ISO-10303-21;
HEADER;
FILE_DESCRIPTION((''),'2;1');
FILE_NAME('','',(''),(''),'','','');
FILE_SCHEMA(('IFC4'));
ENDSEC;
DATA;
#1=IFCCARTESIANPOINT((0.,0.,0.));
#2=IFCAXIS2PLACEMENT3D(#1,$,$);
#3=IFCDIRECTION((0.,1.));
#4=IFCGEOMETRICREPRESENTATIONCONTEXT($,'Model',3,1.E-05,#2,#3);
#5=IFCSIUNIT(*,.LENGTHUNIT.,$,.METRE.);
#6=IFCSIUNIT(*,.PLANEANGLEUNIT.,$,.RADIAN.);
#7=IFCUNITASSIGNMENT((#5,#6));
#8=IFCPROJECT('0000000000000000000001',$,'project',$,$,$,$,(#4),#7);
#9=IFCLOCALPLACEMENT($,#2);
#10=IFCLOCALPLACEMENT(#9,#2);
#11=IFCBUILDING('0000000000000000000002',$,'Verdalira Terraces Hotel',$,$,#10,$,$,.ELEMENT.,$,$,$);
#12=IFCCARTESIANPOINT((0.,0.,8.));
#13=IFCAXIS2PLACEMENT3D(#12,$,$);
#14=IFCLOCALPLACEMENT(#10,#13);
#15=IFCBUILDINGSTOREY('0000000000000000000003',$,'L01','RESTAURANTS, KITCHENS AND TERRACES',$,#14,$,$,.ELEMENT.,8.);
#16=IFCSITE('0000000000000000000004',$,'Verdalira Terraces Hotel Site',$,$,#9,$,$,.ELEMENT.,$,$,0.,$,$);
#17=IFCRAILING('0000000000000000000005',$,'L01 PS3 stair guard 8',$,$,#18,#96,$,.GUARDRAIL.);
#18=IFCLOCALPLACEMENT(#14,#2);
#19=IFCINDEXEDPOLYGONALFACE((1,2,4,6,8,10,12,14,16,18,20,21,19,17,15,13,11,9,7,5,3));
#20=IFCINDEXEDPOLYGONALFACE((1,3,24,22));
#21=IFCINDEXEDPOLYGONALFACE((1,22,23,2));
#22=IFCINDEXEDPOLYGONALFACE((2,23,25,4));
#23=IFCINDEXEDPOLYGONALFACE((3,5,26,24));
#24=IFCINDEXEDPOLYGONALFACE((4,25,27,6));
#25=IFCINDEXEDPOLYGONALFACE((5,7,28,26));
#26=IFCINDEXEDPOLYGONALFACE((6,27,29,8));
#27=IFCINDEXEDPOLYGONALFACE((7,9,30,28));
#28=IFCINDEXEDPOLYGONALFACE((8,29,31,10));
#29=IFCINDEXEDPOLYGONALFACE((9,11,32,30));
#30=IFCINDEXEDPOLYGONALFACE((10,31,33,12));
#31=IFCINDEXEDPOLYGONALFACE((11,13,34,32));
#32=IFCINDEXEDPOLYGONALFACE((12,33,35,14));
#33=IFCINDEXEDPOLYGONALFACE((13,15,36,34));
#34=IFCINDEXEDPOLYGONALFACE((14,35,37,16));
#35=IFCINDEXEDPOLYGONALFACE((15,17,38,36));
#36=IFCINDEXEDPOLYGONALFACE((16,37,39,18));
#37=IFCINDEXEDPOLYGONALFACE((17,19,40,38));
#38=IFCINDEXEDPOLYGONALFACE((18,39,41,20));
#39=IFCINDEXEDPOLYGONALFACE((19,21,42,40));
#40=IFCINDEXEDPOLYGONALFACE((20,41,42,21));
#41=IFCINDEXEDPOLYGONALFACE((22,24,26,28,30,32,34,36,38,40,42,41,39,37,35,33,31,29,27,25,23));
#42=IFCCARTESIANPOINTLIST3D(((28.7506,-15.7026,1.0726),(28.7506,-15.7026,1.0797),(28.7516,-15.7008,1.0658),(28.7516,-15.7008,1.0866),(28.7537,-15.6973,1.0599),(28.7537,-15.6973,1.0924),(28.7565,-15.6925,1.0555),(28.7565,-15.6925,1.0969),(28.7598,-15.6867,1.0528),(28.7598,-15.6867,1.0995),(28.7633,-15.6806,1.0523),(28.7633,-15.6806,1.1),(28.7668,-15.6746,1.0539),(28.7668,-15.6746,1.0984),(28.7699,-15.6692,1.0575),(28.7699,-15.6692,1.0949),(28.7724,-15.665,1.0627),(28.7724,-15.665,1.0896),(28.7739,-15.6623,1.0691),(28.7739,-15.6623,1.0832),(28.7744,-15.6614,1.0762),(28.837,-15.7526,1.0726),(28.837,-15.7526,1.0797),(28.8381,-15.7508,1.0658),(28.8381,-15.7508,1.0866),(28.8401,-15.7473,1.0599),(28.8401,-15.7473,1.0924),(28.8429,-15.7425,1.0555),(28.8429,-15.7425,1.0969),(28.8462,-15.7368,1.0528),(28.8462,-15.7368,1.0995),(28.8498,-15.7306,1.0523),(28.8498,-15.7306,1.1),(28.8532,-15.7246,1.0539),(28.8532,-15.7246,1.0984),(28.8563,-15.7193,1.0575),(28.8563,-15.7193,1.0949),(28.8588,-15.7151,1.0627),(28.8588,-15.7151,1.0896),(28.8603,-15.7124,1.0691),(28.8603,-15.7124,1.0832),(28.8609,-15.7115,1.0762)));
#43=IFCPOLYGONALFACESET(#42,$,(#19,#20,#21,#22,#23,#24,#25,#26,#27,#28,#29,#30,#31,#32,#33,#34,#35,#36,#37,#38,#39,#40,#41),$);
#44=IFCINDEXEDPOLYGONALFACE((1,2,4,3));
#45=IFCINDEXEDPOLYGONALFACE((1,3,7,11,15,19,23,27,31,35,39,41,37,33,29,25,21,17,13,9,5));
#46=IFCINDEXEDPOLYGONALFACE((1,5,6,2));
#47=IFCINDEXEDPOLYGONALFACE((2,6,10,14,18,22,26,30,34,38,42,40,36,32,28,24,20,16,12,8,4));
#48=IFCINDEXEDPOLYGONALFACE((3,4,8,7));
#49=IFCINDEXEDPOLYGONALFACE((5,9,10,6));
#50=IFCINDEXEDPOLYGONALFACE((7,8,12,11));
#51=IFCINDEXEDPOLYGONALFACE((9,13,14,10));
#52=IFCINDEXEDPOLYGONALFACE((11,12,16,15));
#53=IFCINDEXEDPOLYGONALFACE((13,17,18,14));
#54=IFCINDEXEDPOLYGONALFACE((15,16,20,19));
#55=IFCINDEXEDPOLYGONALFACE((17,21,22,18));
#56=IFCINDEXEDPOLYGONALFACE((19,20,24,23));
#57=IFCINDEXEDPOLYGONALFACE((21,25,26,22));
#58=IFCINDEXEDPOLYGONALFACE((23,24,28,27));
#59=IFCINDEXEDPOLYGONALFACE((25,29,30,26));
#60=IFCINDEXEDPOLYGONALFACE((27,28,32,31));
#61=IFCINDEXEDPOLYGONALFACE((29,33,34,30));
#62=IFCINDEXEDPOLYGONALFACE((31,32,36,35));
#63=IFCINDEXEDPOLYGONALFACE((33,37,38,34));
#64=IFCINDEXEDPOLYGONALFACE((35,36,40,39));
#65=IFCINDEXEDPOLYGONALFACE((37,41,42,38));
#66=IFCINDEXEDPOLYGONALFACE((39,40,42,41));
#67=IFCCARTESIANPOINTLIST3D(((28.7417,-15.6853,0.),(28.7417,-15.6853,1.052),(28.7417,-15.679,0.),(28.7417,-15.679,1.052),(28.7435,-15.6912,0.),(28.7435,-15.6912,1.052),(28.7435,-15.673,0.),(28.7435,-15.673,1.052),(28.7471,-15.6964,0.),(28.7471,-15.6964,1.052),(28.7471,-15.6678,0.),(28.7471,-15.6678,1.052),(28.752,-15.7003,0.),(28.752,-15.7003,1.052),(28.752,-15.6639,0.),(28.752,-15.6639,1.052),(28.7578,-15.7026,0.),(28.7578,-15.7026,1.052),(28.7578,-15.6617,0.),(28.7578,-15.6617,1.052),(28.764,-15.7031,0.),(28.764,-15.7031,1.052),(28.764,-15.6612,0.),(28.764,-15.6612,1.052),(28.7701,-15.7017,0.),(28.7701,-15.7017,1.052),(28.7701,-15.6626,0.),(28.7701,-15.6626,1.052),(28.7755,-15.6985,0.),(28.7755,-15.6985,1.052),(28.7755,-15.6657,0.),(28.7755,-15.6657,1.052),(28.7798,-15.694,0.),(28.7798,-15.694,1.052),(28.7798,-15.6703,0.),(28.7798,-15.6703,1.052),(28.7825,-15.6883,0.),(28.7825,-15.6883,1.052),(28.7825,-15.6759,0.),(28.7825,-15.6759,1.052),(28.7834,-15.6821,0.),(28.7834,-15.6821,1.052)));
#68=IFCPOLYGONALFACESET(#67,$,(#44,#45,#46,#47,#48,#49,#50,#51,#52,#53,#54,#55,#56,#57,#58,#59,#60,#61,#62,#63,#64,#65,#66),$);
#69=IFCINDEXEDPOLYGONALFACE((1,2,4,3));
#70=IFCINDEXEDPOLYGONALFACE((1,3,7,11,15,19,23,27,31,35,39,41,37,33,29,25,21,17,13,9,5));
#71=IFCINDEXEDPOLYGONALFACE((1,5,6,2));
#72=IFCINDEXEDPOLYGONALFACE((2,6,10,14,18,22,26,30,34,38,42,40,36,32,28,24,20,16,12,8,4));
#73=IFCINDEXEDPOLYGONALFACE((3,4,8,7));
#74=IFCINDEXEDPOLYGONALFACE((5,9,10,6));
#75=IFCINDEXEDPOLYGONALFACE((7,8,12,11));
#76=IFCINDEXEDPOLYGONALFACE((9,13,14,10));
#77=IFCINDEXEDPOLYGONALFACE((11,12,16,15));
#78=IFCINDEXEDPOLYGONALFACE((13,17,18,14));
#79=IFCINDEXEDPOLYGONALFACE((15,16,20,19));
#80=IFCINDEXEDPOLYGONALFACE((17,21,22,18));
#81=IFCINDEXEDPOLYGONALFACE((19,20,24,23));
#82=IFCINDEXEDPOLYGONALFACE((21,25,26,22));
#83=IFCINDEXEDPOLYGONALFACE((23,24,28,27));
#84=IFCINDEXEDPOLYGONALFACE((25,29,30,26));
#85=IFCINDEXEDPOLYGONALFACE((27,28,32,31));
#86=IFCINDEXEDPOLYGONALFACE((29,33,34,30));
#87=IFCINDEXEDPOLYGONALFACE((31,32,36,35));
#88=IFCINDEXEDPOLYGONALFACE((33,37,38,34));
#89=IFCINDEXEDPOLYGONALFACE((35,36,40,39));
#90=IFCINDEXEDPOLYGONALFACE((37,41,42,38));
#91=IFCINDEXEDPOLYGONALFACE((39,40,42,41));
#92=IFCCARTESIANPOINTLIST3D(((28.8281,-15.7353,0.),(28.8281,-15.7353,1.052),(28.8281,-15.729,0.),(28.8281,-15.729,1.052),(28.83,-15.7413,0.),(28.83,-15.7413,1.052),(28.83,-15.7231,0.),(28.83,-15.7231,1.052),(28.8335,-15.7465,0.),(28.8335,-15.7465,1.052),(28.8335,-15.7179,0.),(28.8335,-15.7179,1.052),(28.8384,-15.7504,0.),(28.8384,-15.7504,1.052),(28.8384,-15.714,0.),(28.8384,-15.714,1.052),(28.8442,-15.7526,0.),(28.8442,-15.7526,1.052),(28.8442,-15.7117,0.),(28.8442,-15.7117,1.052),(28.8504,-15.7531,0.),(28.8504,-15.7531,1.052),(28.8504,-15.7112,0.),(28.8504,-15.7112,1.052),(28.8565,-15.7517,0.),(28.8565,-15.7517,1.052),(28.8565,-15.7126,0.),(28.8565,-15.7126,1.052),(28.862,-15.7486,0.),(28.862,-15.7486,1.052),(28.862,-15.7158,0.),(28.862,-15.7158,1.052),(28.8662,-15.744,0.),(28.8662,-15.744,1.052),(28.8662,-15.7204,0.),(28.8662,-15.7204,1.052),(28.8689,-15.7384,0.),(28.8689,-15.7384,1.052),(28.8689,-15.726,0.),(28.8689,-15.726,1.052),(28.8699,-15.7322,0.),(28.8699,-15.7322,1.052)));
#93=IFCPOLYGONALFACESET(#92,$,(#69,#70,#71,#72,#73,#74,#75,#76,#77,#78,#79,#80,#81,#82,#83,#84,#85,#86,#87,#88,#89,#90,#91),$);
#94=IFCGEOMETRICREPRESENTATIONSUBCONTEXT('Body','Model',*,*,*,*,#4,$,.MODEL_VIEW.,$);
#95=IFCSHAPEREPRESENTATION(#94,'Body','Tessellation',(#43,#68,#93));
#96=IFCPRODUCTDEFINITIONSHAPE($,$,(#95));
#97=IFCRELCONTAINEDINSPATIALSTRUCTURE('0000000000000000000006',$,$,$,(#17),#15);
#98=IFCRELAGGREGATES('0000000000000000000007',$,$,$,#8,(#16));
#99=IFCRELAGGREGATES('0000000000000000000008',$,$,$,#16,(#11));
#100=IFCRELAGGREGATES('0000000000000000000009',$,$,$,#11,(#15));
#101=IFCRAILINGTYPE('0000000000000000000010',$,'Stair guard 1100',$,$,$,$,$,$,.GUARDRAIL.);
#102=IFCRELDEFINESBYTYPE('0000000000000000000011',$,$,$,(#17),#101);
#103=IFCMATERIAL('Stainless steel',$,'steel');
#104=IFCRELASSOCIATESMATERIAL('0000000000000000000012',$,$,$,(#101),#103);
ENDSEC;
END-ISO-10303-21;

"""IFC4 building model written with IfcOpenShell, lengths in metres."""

from ifc_helpers import new_model, si_unit, direction, frame, origin, origin_2d, place, context, subcontext, project, spatial, circle, extrude, material, type_object, element, save


model = new_model("IFC4")

# Units and contexts
model_context = context("Model", 3, precision=1e-05, world=origin(), true_north=direction((0.0, 1.0)))
body_context = subcontext(model_context, "Body", "Model", "MODEL_VIEW")
ifc_project = project(units=[si_unit("LENGTHUNIT", "METRE"), si_unit("PLANEANGLEUNIT", "RADIAN")], contexts=[model_context])

# Site, building, storey
site_placement = place(None, origin())
site = spatial("IfcSite", under=ifc_project, at=site_placement, Name="Verdalira Terraces Hotel Site", CompositionType="ELEMENT", RefElevation=0.0)
building_placement = place(site_placement, origin())
building = spatial("IfcBuilding", under=site, at=building_placement, Name="Verdalira Terraces Hotel", CompositionType="ELEMENT")
storey_placement = place(building_placement, frame((0.0, 0.0, 8.0)))
storey = spatial("IfcBuildingStorey", under=building, at=storey_placement, Name="L01", Description="RESTAURANTS, KITCHENS AND TERRACES", CompositionType="ELEMENT", Elevation=8.0)

# Railing
ifc_material_1 = material(Name="Stainless steel", Category="steel")
railing_type_1 = type_object("IfcRailingType", Name="Stair guard 1100", PredefinedType="GUARDRAIL", material=ifc_material_1)
railing_1_placement = place(storey_placement, frame((28.7625, -15.6821, 0.0)))
element("IfcRailing", 1, at=railing_1_placement, inside=storey, type_object=railing_type_1, Name="L01 PS3 stair guard 8", PredefinedType="GUARDRAIL", context=body_context, shape_type="SweptSolid", body=[
    extrude(circle(Radius=0.0239, at=origin_2d()), frame((0.0, 0.0, 1.0762), z_axis=(0.86537, -0.501133, 0.0), x_axis=(0.501133, 0.86537, 0.0)), (0.0, 0.0, 1.0), 0.0999),
    extrude(circle(Radius=0.021, at=origin_2d()), origin(), (0.0, 0.0, 1.0), 1.052),
    extrude(circle(Radius=0.021, at=origin_2d()), frame((0.0864, -0.05, 0.0)), (0.0, 0.0, 1.0), 1.052),
])

save(model, "model.ifc")
